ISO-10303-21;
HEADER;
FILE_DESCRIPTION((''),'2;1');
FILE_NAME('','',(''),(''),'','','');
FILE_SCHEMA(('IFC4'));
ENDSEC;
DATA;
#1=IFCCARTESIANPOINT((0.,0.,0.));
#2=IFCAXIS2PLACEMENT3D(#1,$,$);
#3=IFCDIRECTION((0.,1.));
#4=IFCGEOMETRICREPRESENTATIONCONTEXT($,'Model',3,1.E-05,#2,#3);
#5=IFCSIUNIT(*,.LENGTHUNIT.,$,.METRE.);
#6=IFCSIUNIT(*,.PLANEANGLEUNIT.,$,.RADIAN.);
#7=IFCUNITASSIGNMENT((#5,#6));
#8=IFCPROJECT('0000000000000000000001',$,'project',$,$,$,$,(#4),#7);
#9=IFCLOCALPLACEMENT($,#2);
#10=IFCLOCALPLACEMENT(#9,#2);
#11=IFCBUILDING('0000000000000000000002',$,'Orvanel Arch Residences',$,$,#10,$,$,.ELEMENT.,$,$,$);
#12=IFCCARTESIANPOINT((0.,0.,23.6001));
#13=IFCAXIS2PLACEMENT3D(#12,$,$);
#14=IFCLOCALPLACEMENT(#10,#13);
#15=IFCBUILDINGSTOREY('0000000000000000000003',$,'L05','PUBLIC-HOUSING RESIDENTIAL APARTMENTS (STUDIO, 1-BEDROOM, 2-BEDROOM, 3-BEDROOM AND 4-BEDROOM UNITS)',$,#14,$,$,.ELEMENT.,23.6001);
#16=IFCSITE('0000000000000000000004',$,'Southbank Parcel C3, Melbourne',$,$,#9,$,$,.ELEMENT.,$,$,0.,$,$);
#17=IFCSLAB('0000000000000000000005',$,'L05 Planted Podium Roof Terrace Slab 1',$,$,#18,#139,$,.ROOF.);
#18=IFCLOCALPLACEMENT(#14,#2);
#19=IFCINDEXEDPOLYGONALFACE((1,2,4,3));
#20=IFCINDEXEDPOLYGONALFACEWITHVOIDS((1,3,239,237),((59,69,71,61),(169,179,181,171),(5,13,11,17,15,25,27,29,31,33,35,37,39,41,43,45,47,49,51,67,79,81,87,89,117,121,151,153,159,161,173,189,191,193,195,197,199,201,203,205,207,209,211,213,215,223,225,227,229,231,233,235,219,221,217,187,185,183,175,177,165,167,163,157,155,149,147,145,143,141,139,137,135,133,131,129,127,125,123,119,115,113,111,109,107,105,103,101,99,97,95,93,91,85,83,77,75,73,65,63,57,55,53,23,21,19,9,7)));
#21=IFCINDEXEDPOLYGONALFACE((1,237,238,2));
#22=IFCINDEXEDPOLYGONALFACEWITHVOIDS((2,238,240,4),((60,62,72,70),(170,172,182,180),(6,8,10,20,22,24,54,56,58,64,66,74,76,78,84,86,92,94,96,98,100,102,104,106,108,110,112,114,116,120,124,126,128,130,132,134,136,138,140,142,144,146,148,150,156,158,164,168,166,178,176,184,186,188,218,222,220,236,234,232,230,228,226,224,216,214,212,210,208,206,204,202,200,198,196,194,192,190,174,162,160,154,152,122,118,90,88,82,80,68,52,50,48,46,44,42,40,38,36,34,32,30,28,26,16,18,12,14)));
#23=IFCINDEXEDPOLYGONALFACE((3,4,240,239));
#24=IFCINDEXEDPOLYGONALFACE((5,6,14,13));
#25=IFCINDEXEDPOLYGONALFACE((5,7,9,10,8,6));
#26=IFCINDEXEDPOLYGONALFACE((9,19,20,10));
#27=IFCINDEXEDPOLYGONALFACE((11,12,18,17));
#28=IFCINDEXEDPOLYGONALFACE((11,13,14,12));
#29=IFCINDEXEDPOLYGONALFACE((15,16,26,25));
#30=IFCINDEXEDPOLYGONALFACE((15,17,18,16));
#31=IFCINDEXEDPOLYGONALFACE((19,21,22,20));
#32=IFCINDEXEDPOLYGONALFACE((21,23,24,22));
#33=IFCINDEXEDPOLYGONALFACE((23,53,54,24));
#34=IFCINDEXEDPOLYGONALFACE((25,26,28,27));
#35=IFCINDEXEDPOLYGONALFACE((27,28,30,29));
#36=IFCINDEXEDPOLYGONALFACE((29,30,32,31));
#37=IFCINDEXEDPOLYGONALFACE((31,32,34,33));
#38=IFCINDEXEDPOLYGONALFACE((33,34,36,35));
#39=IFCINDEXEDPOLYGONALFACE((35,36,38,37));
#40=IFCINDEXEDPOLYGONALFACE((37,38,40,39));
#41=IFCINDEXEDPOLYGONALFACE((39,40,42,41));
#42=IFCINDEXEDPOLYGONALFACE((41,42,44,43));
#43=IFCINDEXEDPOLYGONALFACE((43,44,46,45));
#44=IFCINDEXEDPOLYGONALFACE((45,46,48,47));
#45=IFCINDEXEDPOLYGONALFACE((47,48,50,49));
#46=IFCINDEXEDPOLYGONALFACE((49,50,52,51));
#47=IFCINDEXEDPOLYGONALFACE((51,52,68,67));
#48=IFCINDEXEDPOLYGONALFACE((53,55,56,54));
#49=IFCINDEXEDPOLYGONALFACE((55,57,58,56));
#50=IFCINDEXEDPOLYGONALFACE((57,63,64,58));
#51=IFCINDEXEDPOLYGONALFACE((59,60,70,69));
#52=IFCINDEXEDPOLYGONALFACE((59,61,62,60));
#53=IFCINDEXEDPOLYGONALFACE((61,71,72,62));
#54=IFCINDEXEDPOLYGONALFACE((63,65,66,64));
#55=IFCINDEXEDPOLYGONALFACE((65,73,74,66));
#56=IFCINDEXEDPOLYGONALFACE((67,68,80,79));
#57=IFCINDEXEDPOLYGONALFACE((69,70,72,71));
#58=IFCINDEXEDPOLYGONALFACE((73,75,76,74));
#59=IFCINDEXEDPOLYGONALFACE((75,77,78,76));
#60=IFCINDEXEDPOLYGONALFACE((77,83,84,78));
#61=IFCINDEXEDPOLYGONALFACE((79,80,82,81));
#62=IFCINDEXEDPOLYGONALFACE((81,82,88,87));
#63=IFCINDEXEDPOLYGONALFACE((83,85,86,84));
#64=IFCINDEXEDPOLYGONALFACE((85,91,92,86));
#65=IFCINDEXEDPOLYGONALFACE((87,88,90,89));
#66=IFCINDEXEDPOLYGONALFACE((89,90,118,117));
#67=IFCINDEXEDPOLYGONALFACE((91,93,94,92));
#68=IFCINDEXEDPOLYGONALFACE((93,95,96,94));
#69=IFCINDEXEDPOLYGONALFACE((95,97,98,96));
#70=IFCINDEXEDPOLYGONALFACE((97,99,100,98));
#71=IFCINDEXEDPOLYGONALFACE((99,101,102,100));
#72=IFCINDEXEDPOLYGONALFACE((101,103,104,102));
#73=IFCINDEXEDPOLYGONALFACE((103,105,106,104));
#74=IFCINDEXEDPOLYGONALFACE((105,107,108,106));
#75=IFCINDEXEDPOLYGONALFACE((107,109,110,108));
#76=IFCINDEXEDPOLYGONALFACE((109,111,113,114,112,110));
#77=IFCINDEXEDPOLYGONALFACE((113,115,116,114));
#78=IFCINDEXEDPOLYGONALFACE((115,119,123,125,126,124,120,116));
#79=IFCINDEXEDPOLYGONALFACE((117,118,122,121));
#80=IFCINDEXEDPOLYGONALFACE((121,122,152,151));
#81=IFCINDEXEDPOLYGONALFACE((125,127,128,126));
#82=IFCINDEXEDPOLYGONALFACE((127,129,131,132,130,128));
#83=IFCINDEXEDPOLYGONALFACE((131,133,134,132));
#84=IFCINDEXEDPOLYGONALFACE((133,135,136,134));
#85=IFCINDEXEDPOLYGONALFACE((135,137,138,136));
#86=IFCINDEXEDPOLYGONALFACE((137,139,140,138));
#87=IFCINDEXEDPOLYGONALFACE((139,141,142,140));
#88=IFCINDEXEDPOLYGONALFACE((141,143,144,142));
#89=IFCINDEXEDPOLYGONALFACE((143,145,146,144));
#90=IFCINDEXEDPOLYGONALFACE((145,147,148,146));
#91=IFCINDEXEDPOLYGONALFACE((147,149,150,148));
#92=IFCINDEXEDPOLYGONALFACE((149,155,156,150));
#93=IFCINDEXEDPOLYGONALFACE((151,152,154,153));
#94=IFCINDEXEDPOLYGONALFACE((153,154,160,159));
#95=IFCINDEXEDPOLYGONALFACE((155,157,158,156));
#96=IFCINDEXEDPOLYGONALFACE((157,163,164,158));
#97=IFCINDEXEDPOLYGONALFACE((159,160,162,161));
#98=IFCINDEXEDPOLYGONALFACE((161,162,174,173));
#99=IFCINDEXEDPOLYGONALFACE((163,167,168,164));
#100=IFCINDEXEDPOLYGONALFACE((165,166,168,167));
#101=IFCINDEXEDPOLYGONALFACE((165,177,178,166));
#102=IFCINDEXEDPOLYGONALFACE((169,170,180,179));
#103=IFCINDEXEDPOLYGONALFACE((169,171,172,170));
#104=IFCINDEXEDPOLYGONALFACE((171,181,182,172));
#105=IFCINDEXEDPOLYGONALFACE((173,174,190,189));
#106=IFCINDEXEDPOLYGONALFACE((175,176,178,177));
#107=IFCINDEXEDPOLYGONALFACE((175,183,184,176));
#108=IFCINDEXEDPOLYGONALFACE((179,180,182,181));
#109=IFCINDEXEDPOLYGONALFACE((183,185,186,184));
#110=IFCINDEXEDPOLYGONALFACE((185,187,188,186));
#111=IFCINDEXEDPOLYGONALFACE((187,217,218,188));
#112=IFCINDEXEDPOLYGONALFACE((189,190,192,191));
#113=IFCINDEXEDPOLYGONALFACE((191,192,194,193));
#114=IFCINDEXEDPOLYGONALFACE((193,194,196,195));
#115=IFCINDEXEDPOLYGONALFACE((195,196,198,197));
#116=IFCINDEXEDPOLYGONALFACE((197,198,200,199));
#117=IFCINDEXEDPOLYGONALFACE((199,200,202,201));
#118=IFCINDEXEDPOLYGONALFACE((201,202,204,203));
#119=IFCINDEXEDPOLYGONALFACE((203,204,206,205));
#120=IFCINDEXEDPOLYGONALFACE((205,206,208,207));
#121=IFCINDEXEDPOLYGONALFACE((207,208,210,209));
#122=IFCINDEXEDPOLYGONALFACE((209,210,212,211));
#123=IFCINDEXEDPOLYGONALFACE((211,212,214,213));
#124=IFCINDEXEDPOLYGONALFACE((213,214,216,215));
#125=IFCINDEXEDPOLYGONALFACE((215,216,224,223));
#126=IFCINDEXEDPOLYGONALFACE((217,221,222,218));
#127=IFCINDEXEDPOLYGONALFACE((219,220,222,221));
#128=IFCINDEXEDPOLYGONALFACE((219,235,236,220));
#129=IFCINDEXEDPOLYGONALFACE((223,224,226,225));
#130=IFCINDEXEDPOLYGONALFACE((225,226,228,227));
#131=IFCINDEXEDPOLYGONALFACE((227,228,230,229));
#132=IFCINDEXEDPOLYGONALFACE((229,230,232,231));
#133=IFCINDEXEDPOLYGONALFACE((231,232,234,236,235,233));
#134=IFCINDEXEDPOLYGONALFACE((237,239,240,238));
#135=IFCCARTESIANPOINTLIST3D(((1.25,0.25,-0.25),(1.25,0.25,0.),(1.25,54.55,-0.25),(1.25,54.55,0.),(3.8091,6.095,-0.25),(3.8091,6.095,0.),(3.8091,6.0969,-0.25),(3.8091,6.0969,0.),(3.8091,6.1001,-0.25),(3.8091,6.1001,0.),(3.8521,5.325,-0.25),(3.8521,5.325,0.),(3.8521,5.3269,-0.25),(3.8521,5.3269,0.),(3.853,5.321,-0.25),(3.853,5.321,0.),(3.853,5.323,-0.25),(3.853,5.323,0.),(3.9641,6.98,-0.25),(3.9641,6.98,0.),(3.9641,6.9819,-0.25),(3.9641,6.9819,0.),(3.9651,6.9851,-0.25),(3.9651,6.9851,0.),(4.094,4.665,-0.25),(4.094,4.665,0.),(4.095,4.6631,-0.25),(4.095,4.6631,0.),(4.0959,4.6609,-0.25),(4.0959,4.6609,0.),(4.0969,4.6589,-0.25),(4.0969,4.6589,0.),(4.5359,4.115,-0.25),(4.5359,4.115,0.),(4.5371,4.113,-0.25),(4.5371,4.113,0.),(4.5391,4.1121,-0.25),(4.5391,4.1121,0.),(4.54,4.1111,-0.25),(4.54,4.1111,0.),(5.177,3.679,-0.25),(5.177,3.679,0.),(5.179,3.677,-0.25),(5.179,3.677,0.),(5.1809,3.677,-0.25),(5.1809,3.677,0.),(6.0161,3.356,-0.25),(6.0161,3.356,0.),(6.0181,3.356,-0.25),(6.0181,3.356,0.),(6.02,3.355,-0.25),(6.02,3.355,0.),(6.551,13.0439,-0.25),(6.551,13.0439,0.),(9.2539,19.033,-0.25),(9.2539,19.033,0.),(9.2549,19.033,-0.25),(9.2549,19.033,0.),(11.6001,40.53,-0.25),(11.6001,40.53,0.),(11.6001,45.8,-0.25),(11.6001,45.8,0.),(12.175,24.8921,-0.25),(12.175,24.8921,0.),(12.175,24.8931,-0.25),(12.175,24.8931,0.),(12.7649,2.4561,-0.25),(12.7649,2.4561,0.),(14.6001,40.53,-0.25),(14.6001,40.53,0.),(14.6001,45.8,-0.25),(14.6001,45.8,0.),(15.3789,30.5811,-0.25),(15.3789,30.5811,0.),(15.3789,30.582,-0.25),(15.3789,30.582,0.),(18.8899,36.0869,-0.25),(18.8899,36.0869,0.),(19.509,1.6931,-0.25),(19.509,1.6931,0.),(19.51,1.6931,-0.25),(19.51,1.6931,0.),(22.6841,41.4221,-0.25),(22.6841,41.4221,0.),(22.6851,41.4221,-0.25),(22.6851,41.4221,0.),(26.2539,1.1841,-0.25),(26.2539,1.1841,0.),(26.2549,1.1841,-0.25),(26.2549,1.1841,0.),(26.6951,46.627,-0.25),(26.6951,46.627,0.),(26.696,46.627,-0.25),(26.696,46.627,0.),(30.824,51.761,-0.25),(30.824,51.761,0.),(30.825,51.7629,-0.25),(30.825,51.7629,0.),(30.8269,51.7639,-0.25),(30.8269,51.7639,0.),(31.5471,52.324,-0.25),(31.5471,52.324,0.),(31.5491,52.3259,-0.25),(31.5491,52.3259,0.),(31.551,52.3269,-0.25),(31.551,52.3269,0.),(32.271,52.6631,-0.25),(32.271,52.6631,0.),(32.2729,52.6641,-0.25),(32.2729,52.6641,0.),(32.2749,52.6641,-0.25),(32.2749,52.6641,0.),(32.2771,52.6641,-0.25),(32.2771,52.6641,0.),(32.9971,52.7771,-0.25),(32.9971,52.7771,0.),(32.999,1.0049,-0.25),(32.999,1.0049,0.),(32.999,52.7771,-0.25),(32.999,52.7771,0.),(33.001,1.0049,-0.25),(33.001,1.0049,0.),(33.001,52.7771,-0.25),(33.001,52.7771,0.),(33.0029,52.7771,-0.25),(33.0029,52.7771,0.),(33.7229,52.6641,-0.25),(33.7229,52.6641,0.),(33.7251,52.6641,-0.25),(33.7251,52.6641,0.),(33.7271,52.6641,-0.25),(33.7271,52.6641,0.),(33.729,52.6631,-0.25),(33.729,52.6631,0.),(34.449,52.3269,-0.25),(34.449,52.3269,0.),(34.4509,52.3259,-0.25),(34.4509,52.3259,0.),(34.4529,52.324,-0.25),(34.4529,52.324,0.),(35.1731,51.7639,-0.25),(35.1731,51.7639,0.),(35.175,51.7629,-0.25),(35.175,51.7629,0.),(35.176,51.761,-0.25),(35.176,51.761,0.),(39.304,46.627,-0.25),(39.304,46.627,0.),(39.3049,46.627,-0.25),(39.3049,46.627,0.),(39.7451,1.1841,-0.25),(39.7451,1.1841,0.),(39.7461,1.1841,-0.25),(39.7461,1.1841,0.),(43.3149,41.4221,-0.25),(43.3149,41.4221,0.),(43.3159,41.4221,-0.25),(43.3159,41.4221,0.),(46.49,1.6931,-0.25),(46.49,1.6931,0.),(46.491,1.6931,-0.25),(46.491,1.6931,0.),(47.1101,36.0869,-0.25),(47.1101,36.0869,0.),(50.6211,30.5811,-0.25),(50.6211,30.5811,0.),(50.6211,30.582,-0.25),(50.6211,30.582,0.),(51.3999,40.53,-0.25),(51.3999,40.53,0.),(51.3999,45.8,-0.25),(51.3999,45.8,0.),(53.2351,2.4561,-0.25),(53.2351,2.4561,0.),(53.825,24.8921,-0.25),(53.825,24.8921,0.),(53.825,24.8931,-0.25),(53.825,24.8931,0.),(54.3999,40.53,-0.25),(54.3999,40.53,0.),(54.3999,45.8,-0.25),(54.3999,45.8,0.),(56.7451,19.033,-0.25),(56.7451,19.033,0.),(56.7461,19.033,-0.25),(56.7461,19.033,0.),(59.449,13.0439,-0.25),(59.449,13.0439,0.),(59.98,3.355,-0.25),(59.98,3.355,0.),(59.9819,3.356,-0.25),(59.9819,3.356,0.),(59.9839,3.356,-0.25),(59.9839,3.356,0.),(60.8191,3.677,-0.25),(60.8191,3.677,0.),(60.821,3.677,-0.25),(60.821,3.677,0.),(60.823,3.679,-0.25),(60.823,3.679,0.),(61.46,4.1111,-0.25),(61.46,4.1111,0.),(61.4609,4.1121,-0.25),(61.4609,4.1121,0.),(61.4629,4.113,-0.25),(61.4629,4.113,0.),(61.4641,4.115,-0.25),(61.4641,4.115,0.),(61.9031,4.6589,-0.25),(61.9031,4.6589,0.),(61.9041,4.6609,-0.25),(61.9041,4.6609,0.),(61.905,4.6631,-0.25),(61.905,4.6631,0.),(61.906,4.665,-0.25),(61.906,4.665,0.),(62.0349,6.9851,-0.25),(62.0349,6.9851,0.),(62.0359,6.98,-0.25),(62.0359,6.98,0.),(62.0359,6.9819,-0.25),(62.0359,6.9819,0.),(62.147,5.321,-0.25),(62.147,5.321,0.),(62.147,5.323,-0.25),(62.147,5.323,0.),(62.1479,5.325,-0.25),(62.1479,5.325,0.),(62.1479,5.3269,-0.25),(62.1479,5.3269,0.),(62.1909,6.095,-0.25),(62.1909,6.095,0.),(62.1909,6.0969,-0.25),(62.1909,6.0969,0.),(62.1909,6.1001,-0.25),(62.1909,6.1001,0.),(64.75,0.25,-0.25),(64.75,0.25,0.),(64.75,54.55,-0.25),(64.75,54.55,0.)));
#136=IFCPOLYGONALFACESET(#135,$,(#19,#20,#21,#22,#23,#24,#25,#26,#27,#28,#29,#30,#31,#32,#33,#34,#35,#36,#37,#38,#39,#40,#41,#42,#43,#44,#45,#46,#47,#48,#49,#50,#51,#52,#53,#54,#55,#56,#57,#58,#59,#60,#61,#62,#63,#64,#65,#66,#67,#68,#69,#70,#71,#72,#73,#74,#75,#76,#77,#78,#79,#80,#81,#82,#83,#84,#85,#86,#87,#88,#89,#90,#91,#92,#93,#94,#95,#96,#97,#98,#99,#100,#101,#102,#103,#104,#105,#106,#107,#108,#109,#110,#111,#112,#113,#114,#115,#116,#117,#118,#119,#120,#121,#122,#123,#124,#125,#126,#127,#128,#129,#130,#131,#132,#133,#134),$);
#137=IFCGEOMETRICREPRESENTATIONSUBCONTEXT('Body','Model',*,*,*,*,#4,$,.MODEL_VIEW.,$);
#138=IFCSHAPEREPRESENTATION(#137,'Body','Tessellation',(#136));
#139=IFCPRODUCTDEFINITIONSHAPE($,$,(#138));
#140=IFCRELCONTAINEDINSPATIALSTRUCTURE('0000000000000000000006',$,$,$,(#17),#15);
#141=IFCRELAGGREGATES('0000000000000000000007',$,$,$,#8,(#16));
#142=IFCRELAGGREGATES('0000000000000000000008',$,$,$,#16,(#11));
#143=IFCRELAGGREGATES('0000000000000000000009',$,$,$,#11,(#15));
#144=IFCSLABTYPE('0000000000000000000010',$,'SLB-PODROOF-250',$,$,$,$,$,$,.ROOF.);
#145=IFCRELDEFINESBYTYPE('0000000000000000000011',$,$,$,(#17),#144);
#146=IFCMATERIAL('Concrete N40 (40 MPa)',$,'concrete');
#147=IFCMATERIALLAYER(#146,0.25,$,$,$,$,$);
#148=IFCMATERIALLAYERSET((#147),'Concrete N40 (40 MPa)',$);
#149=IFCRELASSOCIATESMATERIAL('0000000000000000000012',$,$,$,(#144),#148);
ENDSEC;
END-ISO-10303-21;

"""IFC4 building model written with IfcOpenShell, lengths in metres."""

from ifc_helpers import new_model, si_unit, direction, frame, origin, place, context, subcontext, project, spatial, polyline, outline, extrude, material, layer, layer_set, type_object, element, save


model = new_model("IFC4")

# Units and contexts
model_context = context("Model", 3, precision=1e-05, world=origin(), true_north=direction((0.0, 1.0)))
body_context = subcontext(model_context, "Body", "Model", "MODEL_VIEW")
ifc_project = project(units=[si_unit("LENGTHUNIT", "METRE"), si_unit("PLANEANGLEUNIT", "RADIAN")], contexts=[model_context])

# Site, building, storey
site_placement = place(None, origin())
site = spatial("IfcSite", under=ifc_project, at=site_placement, Name="Southbank Parcel C3, Melbourne", CompositionType="ELEMENT", RefElevation=0.0)
building_placement = place(site_placement, origin())
building = spatial("IfcBuilding", under=site, at=building_placement, Name="Orvanel Arch Residences", CompositionType="ELEMENT")
storey_placement = place(building_placement, frame((0.0, 0.0, 23.6001)))
storey = spatial("IfcBuildingStorey", under=building, at=storey_placement, Name="L05", Description="PUBLIC-HOUSING RESIDENTIAL APARTMENTS (STUDIO, 1-BEDROOM, 2-BEDROOM, 3-BEDROOM AND 4-BEDROOM UNITS)", CompositionType="ELEMENT", Elevation=23.6001)

# Shared definitions
ifc_material_1 = material(Name="Concrete N40 (40 MPa)", Category="concrete")

# Slab
ifc_layer_1 = layer(ifc_material_1, 0.25)
ifc_layer_set_1 = layer_set([ifc_layer_1], Name="Concrete N40 (40 MPa)")
slab_type_1 = type_object("IfcSlabType", Name="SLB-PODROOF-250", PredefinedType="ROOF", material=ifc_layer_set_1)
slab_1_placement = place(storey_placement, frame((0.0, 0.0, -0.25)))
element("IfcSlab", 1, at=slab_1_placement, inside=storey, type_object=slab_type_1, Name="L05 Planted Podium Roof Terrace Slab 1", PredefinedType="ROOF", context=body_context, shape_type="SweptSolid", body=[
    extrude(outline(polyline([(64.75, 54.55), (1.25, 54.55), (1.25, 0.25), (64.75, 0.25), (64.75, 54.55)]), holes=[polyline([(35.1731, 51.7639), (35.175, 51.7629), (35.176, 51.761), (39.304, 46.627), (39.3049, 46.627), (43.3149, 41.4221), (43.3159, 41.4221), (47.1101, 36.0869), (50.6211, 30.582), (50.6211, 30.5811), (53.825, 24.8931), (53.825, 24.8921), (56.7451, 19.033), (56.7461, 19.033), (59.449, 13.0439), (62.0349, 6.9851), (62.0359, 6.9819), (62.0359, 6.98), (62.1909, 6.1001), (62.1909, 6.0969), (62.1909, 6.095), (62.1479, 5.3269), (62.1479, 5.325), (62.147, 5.323), (62.147, 5.321), (61.906, 4.665), (61.905, 4.6631), (61.9041, 4.6609), (61.9031, 4.6589), (61.4641, 4.115), (61.4629, 4.113), (61.4609, 4.1121), (61.46, 4.1111), (60.823, 3.679), (60.821, 3.677), (60.8191, 3.677), (59.9839, 3.356), (59.9819, 3.356), (59.98, 3.355), (53.2351, 2.4561), (46.491, 1.6931), (46.49, 1.6931), (39.7461, 1.1841), (39.7451, 1.1841), (33.001, 1.0049), (32.999, 1.0049), (26.2549, 1.1841), (26.2539, 1.1841), (19.51, 1.6931), (19.509, 1.6931), (12.7649, 2.4561), (6.02, 3.355), (6.0181, 3.356), (6.0161, 3.356), (5.1809, 3.677), (5.179, 3.677), (5.177, 3.679), (4.54, 4.1111), (4.5391, 4.1121), (4.5371, 4.113), (4.5359, 4.115), (4.0969, 4.6589), (4.0959, 4.6609), (4.095, 4.6631), (4.094, 4.665), (3.853, 5.321), (3.853, 5.323), (3.8521, 5.325), (3.8521, 5.3269), (3.8091, 6.095), (3.8091, 6.0969), (3.8091, 6.1001), (3.9641, 6.98), (3.9641, 6.9819), (3.9651, 6.9851), (6.551, 13.0439), (9.2539, 19.033), (9.2549, 19.033), (12.175, 24.8921), (12.175, 24.8931), (15.3789, 30.5811), (15.3789, 30.582), (18.8899, 36.0869), (22.6841, 41.4221), (22.6851, 41.4221), (26.6951, 46.627), (26.696, 46.627), (30.824, 51.761), (30.825, 51.7629), (30.8269, 51.7639), (31.5471, 52.324), (31.5491, 52.3259), (31.551, 52.3269), (32.271, 52.6631), (32.2729, 52.6641), (32.2749, 52.6641), (32.2771, 52.6641), (32.9971, 52.7771), (32.999, 52.7771), (33.001, 52.7771), (33.0029, 52.7771), (33.7229, 52.6641), (33.7251, 52.6641), (33.7271, 52.6641), (33.729, 52.6631), (34.449, 52.3269), (34.4509, 52.3259), (34.4529, 52.324), (35.1731, 51.7639)]), polyline([(14.6001, 40.53), (11.6001, 40.53), (11.6001, 45.8), (14.6001, 45.8), (14.6001, 40.53)]), polyline([(51.3999, 40.53), (51.3999, 45.8), (54.3999, 45.8), (54.3999, 40.53), (51.3999, 40.53)])]), origin(), (0.0, 0.0, 1.0), 0.25),
])

save(model, "model.ifc")
